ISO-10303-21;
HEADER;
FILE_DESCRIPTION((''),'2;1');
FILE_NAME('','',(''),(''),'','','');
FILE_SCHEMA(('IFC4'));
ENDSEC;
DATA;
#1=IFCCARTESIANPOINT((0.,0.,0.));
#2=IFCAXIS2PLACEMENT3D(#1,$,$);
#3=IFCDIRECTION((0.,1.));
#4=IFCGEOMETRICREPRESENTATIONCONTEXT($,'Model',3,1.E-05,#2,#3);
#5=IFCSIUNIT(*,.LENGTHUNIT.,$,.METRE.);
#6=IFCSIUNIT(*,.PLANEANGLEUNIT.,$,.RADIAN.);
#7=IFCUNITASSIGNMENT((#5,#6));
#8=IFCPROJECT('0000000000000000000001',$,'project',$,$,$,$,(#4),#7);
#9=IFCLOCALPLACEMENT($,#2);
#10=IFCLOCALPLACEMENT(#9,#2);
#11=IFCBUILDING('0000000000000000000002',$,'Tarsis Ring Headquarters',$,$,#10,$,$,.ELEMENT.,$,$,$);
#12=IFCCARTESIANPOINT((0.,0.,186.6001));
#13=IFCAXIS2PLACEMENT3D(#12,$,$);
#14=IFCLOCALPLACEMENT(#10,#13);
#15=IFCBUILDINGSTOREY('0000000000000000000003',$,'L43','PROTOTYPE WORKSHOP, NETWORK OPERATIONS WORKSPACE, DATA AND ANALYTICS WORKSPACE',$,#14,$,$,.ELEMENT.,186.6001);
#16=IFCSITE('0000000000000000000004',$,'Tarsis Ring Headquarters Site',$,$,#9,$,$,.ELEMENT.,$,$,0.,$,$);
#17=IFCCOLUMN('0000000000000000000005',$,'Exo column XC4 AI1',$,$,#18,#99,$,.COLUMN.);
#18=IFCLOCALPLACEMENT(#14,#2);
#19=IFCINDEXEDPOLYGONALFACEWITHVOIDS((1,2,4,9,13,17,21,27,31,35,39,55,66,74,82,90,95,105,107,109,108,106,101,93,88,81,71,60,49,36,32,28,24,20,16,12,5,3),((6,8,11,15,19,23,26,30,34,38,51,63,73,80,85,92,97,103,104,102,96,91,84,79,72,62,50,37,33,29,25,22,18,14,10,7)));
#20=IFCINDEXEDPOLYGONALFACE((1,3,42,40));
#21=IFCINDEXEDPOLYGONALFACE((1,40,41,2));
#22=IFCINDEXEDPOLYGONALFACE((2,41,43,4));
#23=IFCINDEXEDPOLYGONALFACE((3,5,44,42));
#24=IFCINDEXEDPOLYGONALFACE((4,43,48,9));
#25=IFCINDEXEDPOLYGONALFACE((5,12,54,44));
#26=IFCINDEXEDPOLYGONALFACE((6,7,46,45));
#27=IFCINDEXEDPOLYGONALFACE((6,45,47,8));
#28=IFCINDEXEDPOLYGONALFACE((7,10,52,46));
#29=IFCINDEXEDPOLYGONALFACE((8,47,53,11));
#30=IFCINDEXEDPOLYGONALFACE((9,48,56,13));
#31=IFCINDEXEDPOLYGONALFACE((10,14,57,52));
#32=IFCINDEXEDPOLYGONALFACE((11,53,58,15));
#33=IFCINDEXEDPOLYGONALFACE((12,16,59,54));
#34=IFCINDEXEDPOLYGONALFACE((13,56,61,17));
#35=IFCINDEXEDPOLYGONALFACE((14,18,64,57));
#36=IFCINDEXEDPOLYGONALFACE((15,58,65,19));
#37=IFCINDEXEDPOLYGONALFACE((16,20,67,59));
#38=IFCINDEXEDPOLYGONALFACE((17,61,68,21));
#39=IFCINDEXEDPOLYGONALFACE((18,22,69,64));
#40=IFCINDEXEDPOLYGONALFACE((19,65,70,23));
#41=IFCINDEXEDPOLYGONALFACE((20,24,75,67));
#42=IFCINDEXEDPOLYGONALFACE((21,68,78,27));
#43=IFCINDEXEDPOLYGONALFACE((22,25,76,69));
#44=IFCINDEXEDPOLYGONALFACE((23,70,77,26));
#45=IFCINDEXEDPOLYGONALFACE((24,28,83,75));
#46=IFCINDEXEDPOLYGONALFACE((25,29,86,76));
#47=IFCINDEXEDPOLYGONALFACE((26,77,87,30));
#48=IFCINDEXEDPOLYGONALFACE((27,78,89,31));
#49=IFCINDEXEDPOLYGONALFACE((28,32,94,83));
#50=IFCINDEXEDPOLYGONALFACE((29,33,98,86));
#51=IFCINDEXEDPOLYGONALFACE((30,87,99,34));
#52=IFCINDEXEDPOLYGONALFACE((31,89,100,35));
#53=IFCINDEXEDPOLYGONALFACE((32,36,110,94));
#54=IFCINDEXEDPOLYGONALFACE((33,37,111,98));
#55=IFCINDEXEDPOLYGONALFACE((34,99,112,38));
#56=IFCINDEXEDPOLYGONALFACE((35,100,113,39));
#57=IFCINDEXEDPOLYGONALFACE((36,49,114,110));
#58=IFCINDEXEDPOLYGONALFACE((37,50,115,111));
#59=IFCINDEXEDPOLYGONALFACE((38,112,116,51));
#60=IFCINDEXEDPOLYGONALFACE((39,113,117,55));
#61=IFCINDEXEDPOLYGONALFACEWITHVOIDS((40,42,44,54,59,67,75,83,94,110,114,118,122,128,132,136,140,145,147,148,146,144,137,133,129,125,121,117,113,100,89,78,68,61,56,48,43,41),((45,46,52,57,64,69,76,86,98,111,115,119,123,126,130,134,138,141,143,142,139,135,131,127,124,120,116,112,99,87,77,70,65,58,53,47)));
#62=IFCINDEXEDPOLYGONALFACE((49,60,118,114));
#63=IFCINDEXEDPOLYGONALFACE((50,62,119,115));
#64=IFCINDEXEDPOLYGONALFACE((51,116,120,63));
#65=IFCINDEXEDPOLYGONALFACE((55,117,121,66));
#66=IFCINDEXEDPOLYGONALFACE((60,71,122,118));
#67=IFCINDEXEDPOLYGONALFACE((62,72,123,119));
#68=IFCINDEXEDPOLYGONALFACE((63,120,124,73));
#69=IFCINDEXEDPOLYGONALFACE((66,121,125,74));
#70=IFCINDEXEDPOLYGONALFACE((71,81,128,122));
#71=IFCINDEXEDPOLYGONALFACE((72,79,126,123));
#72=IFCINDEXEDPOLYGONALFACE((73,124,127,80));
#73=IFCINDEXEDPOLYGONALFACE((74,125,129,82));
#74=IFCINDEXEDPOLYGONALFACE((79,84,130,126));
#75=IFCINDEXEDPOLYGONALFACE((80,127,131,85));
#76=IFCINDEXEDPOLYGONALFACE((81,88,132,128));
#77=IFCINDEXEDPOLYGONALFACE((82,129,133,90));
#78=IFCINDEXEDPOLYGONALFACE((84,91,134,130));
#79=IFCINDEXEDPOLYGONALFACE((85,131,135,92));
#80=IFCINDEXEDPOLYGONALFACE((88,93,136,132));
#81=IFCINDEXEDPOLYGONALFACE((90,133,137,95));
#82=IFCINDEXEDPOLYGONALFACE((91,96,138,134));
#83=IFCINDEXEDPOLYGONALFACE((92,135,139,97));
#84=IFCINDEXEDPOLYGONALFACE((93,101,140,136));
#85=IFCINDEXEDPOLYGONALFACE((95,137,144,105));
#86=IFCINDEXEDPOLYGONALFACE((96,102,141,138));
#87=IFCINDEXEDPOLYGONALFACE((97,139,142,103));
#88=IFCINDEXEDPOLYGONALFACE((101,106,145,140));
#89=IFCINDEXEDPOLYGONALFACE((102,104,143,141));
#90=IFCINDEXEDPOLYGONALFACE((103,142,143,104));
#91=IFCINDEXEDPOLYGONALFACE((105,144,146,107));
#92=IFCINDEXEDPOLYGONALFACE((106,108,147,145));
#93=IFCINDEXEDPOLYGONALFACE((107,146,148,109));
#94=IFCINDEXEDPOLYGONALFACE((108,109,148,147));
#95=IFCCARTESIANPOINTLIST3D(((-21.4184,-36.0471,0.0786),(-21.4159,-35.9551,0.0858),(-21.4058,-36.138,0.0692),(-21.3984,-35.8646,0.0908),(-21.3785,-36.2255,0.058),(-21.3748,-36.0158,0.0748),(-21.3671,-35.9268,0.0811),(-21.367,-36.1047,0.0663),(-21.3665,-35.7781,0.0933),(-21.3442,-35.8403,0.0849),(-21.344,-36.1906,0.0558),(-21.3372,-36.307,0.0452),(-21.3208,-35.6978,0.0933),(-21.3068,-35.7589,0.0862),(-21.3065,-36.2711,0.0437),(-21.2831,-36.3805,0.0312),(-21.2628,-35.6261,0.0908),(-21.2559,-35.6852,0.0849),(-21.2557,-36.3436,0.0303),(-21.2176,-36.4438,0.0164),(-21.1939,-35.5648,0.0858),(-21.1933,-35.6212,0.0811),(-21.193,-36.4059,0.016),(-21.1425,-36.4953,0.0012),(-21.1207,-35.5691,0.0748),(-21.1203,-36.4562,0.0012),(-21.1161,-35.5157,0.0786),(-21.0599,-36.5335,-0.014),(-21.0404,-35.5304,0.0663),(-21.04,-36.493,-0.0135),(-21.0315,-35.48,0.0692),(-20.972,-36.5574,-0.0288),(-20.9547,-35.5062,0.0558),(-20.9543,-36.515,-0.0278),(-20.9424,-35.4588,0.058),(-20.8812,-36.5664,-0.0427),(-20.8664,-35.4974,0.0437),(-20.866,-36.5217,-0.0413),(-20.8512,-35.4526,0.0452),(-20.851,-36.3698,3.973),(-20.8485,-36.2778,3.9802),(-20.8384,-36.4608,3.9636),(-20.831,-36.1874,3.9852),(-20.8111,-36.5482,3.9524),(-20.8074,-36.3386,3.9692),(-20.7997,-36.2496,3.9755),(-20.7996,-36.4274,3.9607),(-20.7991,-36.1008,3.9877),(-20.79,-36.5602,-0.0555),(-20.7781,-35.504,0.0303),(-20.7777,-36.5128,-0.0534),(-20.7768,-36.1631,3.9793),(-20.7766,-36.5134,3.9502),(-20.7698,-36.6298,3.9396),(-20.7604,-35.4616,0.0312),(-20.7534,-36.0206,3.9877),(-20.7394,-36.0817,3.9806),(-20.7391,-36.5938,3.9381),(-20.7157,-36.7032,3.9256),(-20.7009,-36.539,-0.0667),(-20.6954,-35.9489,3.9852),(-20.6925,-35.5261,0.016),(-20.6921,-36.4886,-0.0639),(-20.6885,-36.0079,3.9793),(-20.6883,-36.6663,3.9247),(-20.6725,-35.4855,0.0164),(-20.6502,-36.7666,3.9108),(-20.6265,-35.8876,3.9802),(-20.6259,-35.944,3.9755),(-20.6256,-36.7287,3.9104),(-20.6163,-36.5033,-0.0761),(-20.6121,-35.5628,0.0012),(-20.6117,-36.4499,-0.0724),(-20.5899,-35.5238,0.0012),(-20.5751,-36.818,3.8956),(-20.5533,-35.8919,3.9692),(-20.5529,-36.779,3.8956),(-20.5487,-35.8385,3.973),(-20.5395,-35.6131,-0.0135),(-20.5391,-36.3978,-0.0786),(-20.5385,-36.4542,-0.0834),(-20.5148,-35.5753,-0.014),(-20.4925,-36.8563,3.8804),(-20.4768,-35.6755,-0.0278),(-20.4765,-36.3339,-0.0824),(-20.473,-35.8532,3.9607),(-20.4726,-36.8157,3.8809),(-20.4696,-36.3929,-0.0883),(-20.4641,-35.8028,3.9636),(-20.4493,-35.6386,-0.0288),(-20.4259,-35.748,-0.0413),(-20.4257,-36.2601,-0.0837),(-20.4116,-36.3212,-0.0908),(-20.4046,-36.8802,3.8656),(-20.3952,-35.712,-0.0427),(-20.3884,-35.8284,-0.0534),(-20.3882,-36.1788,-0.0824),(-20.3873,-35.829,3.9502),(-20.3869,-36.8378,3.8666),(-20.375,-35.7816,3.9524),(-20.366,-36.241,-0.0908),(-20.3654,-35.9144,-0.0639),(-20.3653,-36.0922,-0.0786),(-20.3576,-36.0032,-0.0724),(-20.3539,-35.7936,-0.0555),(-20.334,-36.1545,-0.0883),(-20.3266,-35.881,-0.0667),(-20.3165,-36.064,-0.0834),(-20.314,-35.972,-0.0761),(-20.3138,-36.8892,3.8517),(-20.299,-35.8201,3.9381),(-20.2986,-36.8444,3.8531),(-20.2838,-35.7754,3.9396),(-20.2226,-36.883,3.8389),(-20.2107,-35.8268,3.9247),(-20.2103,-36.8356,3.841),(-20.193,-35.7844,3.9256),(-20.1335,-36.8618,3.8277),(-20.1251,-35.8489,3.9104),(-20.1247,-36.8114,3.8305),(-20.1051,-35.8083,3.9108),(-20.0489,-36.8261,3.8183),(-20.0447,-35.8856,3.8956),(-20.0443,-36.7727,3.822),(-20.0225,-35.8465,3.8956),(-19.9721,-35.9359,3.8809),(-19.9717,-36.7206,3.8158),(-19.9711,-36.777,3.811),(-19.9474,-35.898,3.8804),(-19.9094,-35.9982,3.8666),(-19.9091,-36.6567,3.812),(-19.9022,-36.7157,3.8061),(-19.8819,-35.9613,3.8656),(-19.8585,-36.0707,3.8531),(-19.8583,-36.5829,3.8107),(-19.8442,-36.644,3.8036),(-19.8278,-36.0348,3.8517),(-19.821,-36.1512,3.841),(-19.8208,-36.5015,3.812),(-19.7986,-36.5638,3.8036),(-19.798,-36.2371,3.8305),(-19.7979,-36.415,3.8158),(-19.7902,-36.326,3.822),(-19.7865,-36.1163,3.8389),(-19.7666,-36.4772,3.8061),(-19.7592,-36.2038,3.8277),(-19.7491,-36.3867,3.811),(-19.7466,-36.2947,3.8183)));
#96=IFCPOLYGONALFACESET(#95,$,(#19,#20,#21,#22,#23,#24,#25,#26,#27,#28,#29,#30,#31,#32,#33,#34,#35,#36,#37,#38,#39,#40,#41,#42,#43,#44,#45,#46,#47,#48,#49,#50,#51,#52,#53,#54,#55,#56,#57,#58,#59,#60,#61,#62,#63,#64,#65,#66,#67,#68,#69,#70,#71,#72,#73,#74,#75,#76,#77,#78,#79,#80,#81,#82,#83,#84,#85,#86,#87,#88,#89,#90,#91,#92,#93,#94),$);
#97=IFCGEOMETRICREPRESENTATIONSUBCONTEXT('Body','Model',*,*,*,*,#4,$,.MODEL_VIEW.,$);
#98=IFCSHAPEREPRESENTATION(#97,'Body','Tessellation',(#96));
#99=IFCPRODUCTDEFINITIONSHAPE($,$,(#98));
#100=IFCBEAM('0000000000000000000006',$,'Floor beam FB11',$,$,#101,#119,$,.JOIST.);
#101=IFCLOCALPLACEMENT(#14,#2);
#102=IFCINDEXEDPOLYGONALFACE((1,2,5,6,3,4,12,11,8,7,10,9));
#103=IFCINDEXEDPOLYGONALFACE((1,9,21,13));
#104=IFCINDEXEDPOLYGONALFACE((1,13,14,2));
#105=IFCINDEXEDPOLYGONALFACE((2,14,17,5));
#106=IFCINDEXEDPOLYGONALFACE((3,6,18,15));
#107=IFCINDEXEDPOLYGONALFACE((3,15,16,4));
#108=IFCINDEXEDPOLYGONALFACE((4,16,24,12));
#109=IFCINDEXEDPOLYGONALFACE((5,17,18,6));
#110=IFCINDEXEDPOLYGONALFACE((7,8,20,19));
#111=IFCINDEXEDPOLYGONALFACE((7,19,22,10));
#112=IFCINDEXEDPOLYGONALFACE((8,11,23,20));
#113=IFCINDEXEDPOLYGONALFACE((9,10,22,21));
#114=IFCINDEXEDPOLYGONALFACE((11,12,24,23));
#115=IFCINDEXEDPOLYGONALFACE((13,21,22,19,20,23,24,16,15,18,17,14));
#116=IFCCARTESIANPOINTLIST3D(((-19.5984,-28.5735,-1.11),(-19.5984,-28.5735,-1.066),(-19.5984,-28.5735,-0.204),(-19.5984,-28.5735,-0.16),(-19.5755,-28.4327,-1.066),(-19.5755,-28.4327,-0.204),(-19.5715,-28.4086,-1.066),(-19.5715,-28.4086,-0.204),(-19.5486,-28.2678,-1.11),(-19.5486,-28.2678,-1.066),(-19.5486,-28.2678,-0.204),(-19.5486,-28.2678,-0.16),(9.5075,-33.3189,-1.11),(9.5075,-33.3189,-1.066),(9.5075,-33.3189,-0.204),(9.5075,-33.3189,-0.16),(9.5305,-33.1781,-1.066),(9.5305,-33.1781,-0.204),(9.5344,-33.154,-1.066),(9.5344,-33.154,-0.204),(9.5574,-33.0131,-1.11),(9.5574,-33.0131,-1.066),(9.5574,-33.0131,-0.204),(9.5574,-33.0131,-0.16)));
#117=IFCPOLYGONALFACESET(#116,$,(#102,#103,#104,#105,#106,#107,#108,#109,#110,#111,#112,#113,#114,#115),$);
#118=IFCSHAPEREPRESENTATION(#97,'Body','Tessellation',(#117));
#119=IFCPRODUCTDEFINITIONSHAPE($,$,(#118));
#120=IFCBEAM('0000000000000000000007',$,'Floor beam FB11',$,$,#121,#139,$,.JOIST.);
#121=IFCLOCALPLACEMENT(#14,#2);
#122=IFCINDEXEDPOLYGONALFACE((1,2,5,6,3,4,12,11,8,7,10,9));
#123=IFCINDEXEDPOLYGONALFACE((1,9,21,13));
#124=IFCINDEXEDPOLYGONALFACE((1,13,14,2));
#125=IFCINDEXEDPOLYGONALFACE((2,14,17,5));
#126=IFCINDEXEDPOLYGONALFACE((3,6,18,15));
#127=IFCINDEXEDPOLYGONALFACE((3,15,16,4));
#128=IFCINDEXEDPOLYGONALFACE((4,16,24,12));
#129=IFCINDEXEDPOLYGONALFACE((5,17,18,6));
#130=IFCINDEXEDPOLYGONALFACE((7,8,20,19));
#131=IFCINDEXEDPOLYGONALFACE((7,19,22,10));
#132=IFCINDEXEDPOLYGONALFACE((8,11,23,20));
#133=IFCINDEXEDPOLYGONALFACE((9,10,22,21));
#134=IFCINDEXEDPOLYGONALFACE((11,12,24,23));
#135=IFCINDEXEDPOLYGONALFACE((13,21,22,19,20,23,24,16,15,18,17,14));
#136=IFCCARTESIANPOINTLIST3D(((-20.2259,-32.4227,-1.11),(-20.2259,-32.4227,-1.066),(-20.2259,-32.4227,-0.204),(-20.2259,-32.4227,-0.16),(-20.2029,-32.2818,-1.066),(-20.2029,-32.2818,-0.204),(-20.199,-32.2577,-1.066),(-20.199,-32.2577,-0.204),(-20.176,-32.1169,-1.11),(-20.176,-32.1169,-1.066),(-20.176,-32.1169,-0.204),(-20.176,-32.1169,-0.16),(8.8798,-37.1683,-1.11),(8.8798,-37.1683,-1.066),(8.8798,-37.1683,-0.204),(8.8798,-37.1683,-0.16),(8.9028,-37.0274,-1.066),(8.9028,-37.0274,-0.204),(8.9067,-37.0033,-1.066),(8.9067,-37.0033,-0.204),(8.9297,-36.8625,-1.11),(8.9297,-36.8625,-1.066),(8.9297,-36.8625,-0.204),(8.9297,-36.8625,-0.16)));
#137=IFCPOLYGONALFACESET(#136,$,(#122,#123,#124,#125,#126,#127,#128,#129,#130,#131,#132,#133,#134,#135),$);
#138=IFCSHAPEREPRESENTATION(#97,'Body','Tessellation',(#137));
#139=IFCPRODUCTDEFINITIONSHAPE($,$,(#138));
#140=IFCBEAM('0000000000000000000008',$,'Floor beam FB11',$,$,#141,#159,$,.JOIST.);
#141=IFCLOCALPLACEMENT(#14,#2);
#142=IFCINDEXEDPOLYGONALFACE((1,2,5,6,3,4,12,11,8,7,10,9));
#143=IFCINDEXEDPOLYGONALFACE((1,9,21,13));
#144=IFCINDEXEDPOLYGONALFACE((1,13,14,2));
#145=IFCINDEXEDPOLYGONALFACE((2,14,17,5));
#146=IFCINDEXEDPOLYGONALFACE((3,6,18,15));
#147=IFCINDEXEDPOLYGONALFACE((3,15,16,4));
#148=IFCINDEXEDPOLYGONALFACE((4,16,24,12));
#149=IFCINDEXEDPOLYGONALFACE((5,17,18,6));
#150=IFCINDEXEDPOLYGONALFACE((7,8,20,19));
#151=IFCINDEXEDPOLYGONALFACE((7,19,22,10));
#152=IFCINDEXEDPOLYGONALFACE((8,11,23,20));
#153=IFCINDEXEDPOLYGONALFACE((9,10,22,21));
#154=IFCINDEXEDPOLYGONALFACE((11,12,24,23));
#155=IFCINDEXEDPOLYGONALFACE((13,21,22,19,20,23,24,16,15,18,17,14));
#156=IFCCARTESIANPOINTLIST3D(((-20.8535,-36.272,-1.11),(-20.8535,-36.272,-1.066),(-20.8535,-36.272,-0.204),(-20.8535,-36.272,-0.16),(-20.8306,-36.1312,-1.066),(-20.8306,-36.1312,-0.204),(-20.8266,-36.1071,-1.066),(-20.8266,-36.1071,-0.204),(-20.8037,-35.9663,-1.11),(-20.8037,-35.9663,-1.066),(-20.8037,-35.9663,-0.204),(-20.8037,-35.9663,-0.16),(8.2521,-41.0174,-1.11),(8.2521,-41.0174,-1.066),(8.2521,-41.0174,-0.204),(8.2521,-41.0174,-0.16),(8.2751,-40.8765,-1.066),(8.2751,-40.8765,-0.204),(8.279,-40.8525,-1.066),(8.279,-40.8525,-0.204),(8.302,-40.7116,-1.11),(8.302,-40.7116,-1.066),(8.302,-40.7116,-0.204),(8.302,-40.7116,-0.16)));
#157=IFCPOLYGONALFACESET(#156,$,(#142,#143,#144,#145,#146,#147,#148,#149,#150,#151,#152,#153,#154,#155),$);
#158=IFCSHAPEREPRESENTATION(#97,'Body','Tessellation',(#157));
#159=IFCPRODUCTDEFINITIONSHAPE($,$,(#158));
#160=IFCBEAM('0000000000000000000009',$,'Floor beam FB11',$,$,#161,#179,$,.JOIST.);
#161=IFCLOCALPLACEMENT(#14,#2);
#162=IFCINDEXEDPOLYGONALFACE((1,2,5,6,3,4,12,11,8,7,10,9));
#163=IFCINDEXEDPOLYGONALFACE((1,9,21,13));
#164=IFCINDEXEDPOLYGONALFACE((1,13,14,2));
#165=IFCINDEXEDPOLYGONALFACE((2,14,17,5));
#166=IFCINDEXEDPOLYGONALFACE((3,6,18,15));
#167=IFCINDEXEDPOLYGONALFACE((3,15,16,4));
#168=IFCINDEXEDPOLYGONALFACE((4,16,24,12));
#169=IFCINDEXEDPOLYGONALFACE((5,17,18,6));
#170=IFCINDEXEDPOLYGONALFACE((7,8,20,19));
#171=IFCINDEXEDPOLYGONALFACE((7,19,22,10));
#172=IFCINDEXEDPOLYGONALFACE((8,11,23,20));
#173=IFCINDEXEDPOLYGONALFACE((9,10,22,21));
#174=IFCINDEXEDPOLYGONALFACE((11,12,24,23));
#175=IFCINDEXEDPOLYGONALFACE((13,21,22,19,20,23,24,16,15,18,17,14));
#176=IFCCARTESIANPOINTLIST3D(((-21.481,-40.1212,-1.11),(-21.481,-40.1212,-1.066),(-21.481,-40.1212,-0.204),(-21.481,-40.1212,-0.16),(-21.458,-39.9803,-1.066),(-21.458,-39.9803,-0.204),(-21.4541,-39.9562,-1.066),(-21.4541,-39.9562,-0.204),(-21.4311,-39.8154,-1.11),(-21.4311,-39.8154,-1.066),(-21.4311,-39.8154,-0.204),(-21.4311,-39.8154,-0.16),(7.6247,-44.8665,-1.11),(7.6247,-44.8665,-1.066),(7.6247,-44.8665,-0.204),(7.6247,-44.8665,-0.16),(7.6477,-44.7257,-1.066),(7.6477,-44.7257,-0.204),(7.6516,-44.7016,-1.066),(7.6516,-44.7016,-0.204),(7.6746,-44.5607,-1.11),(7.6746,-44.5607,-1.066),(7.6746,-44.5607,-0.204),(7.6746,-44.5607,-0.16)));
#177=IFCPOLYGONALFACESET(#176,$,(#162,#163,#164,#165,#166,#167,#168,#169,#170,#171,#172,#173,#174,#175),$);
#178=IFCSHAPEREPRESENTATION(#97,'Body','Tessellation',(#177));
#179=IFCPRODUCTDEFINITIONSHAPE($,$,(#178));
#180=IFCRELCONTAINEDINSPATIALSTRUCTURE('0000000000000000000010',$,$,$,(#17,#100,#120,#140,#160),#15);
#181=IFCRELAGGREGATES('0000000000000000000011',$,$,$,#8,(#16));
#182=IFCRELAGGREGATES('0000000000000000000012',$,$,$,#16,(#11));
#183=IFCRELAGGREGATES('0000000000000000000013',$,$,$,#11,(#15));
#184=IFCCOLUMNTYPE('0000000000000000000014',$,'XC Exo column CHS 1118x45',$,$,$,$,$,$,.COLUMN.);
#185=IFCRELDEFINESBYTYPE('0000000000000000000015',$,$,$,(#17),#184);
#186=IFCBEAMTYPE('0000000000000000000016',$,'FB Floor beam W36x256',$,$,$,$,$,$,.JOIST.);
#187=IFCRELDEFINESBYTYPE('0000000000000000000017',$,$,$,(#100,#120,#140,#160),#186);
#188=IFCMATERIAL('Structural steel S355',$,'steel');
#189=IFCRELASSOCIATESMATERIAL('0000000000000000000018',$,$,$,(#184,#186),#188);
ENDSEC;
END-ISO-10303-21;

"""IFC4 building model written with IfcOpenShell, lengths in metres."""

from ifc_helpers import new_model, si_unit, direction, frame, origin, origin_2d, place, context, subcontext, project, spatial, hollow_circle, i_section, extrude, material, material_profile, profile_set, type_object, element, save


model = new_model("IFC4")

# Units and contexts
model_context = context("Model", 3, precision=1e-05, world=origin(), true_north=direction((0.0, 1.0)))
body_context = subcontext(model_context, "Body", "Model", "MODEL_VIEW")
ifc_project = project(units=[si_unit("LENGTHUNIT", "METRE"), si_unit("PLANEANGLEUNIT", "RADIAN")], contexts=[model_context])

# Site, building, storey
site_placement = place(None, origin())
site = spatial("IfcSite", under=ifc_project, at=site_placement, Name="Tarsis Ring Headquarters Site", CompositionType="ELEMENT", RefElevation=0.0)
building_placement = place(site_placement, origin())
building = spatial("IfcBuilding", under=site, at=building_placement, Name="Tarsis Ring Headquarters", CompositionType="ELEMENT")
storey_placement = place(building_placement, frame((0.0, 0.0, 186.6001)))
storey = spatial("IfcBuildingStorey", under=building, at=storey_placement, Name="L43", Description="PROTOTYPE WORKSHOP, NETWORK OPERATIONS WORKSPACE, DATA AND ANALYTICS WORKSPACE", CompositionType="ELEMENT", Elevation=186.6001)

# Column
ifc_material_1 = material(Name="Structural steel S355", Category="steel")
ifc_material_profile_1 = material_profile(ifc_material_1, hollow_circle(Radius=0.5588, WallThickness=0.0449, at=origin_2d()), Name="CHS 1118x45")
ifc_profile_set_1 = profile_set([ifc_material_profile_1], Name="Structural steel S355")
column_type = type_object("IfcColumnType", Name="XC Exo column CHS 1118x45", PredefinedType="COLUMN", material=ifc_profile_set_1)
column_placement = place(storey_placement, frame((-20.8662, -36.0095, 0.0012), z_axis=(0.143692, -0.081738, 0.986241), x_axis=(0.494446, 0.869208, 0.0)))
element("IfcColumn", 1, at=column_placement, inside=storey, type_object=column_type, Name="Exo column XC4 AI1", PredefinedType="COLUMN", context=body_context, shape_type="SweptSolid", body=[
    extrude(hollow_circle(Radius=0.5588, WallThickness=0.0449, at=origin_2d()), origin(), (0.0, 0.0, 1.0), 3.9487),
])

# Beams
ifc_material_profile_2 = material_profile(ifc_material_1, i_section(OverallWidth=0.3098, OverallDepth=0.95, WebThickness=0.0244, FlangeThickness=0.0439, at=origin_2d()), Name="W36x256")
ifc_profile_set_2 = profile_set([ifc_material_profile_2], Name="Structural steel S355")
beam_type_1 = type_object("IfcBeamType", Name="FB Floor beam W36x256", PredefinedType="JOIST", material=ifc_profile_set_2)
beam_1_placement = place(storey_placement, frame((-19.5735, -28.4207, -0.635), z_axis=(0.986969, -0.160913, 0.0), x_axis=(0.160913, 0.986969, 0.0)))
element("IfcBeam", 2, at=beam_1_placement, inside=storey, type_object=beam_type_1, Name="Floor beam FB11", PredefinedType="JOIST", context=body_context, shape_type="SweptSolid", body=[
    extrude(i_section(OverallWidth=0.3098, OverallDepth=0.95, WebThickness=0.0244, FlangeThickness=0.0439, at=origin_2d()), origin(), (0.0, 0.0, 1.0), 29.4902),
])
for number, where, z_axis, x_axis, name in (
    (3, (-20.2009, -32.2698, -0.635), (0.986967, -0.160922, 0.0), (0.160922, 0.986967, 0.0), "Floor beam FB11"),
    (4, (-20.8286, -36.1191, -0.635), (0.986968, -0.160914, 0.0), (0.160914, 0.986968, 0.0), "Floor beam FB11"),
    (5, (-21.4561, -39.9683, -0.635), (0.986968, -0.160914, 0.0), (0.160914, 0.986968, 0.0), "Floor beam FB11"),
):
    element("IfcBeam", number, at=place(storey_placement, frame(where, z_axis=z_axis, x_axis=x_axis)), inside=storey, type_object=beam_type_1, Name=name, PredefinedType="JOIST", context=body_context, shape_type="SweptSolid", body=[
        extrude(i_section(OverallWidth=0.3098, OverallDepth=0.95, WebThickness=0.0244, FlangeThickness=0.0439, at=origin_2d()), origin(), (0.0, 0.0, 1.0), 29.49),
    ])

save(model, "model.ifc")
